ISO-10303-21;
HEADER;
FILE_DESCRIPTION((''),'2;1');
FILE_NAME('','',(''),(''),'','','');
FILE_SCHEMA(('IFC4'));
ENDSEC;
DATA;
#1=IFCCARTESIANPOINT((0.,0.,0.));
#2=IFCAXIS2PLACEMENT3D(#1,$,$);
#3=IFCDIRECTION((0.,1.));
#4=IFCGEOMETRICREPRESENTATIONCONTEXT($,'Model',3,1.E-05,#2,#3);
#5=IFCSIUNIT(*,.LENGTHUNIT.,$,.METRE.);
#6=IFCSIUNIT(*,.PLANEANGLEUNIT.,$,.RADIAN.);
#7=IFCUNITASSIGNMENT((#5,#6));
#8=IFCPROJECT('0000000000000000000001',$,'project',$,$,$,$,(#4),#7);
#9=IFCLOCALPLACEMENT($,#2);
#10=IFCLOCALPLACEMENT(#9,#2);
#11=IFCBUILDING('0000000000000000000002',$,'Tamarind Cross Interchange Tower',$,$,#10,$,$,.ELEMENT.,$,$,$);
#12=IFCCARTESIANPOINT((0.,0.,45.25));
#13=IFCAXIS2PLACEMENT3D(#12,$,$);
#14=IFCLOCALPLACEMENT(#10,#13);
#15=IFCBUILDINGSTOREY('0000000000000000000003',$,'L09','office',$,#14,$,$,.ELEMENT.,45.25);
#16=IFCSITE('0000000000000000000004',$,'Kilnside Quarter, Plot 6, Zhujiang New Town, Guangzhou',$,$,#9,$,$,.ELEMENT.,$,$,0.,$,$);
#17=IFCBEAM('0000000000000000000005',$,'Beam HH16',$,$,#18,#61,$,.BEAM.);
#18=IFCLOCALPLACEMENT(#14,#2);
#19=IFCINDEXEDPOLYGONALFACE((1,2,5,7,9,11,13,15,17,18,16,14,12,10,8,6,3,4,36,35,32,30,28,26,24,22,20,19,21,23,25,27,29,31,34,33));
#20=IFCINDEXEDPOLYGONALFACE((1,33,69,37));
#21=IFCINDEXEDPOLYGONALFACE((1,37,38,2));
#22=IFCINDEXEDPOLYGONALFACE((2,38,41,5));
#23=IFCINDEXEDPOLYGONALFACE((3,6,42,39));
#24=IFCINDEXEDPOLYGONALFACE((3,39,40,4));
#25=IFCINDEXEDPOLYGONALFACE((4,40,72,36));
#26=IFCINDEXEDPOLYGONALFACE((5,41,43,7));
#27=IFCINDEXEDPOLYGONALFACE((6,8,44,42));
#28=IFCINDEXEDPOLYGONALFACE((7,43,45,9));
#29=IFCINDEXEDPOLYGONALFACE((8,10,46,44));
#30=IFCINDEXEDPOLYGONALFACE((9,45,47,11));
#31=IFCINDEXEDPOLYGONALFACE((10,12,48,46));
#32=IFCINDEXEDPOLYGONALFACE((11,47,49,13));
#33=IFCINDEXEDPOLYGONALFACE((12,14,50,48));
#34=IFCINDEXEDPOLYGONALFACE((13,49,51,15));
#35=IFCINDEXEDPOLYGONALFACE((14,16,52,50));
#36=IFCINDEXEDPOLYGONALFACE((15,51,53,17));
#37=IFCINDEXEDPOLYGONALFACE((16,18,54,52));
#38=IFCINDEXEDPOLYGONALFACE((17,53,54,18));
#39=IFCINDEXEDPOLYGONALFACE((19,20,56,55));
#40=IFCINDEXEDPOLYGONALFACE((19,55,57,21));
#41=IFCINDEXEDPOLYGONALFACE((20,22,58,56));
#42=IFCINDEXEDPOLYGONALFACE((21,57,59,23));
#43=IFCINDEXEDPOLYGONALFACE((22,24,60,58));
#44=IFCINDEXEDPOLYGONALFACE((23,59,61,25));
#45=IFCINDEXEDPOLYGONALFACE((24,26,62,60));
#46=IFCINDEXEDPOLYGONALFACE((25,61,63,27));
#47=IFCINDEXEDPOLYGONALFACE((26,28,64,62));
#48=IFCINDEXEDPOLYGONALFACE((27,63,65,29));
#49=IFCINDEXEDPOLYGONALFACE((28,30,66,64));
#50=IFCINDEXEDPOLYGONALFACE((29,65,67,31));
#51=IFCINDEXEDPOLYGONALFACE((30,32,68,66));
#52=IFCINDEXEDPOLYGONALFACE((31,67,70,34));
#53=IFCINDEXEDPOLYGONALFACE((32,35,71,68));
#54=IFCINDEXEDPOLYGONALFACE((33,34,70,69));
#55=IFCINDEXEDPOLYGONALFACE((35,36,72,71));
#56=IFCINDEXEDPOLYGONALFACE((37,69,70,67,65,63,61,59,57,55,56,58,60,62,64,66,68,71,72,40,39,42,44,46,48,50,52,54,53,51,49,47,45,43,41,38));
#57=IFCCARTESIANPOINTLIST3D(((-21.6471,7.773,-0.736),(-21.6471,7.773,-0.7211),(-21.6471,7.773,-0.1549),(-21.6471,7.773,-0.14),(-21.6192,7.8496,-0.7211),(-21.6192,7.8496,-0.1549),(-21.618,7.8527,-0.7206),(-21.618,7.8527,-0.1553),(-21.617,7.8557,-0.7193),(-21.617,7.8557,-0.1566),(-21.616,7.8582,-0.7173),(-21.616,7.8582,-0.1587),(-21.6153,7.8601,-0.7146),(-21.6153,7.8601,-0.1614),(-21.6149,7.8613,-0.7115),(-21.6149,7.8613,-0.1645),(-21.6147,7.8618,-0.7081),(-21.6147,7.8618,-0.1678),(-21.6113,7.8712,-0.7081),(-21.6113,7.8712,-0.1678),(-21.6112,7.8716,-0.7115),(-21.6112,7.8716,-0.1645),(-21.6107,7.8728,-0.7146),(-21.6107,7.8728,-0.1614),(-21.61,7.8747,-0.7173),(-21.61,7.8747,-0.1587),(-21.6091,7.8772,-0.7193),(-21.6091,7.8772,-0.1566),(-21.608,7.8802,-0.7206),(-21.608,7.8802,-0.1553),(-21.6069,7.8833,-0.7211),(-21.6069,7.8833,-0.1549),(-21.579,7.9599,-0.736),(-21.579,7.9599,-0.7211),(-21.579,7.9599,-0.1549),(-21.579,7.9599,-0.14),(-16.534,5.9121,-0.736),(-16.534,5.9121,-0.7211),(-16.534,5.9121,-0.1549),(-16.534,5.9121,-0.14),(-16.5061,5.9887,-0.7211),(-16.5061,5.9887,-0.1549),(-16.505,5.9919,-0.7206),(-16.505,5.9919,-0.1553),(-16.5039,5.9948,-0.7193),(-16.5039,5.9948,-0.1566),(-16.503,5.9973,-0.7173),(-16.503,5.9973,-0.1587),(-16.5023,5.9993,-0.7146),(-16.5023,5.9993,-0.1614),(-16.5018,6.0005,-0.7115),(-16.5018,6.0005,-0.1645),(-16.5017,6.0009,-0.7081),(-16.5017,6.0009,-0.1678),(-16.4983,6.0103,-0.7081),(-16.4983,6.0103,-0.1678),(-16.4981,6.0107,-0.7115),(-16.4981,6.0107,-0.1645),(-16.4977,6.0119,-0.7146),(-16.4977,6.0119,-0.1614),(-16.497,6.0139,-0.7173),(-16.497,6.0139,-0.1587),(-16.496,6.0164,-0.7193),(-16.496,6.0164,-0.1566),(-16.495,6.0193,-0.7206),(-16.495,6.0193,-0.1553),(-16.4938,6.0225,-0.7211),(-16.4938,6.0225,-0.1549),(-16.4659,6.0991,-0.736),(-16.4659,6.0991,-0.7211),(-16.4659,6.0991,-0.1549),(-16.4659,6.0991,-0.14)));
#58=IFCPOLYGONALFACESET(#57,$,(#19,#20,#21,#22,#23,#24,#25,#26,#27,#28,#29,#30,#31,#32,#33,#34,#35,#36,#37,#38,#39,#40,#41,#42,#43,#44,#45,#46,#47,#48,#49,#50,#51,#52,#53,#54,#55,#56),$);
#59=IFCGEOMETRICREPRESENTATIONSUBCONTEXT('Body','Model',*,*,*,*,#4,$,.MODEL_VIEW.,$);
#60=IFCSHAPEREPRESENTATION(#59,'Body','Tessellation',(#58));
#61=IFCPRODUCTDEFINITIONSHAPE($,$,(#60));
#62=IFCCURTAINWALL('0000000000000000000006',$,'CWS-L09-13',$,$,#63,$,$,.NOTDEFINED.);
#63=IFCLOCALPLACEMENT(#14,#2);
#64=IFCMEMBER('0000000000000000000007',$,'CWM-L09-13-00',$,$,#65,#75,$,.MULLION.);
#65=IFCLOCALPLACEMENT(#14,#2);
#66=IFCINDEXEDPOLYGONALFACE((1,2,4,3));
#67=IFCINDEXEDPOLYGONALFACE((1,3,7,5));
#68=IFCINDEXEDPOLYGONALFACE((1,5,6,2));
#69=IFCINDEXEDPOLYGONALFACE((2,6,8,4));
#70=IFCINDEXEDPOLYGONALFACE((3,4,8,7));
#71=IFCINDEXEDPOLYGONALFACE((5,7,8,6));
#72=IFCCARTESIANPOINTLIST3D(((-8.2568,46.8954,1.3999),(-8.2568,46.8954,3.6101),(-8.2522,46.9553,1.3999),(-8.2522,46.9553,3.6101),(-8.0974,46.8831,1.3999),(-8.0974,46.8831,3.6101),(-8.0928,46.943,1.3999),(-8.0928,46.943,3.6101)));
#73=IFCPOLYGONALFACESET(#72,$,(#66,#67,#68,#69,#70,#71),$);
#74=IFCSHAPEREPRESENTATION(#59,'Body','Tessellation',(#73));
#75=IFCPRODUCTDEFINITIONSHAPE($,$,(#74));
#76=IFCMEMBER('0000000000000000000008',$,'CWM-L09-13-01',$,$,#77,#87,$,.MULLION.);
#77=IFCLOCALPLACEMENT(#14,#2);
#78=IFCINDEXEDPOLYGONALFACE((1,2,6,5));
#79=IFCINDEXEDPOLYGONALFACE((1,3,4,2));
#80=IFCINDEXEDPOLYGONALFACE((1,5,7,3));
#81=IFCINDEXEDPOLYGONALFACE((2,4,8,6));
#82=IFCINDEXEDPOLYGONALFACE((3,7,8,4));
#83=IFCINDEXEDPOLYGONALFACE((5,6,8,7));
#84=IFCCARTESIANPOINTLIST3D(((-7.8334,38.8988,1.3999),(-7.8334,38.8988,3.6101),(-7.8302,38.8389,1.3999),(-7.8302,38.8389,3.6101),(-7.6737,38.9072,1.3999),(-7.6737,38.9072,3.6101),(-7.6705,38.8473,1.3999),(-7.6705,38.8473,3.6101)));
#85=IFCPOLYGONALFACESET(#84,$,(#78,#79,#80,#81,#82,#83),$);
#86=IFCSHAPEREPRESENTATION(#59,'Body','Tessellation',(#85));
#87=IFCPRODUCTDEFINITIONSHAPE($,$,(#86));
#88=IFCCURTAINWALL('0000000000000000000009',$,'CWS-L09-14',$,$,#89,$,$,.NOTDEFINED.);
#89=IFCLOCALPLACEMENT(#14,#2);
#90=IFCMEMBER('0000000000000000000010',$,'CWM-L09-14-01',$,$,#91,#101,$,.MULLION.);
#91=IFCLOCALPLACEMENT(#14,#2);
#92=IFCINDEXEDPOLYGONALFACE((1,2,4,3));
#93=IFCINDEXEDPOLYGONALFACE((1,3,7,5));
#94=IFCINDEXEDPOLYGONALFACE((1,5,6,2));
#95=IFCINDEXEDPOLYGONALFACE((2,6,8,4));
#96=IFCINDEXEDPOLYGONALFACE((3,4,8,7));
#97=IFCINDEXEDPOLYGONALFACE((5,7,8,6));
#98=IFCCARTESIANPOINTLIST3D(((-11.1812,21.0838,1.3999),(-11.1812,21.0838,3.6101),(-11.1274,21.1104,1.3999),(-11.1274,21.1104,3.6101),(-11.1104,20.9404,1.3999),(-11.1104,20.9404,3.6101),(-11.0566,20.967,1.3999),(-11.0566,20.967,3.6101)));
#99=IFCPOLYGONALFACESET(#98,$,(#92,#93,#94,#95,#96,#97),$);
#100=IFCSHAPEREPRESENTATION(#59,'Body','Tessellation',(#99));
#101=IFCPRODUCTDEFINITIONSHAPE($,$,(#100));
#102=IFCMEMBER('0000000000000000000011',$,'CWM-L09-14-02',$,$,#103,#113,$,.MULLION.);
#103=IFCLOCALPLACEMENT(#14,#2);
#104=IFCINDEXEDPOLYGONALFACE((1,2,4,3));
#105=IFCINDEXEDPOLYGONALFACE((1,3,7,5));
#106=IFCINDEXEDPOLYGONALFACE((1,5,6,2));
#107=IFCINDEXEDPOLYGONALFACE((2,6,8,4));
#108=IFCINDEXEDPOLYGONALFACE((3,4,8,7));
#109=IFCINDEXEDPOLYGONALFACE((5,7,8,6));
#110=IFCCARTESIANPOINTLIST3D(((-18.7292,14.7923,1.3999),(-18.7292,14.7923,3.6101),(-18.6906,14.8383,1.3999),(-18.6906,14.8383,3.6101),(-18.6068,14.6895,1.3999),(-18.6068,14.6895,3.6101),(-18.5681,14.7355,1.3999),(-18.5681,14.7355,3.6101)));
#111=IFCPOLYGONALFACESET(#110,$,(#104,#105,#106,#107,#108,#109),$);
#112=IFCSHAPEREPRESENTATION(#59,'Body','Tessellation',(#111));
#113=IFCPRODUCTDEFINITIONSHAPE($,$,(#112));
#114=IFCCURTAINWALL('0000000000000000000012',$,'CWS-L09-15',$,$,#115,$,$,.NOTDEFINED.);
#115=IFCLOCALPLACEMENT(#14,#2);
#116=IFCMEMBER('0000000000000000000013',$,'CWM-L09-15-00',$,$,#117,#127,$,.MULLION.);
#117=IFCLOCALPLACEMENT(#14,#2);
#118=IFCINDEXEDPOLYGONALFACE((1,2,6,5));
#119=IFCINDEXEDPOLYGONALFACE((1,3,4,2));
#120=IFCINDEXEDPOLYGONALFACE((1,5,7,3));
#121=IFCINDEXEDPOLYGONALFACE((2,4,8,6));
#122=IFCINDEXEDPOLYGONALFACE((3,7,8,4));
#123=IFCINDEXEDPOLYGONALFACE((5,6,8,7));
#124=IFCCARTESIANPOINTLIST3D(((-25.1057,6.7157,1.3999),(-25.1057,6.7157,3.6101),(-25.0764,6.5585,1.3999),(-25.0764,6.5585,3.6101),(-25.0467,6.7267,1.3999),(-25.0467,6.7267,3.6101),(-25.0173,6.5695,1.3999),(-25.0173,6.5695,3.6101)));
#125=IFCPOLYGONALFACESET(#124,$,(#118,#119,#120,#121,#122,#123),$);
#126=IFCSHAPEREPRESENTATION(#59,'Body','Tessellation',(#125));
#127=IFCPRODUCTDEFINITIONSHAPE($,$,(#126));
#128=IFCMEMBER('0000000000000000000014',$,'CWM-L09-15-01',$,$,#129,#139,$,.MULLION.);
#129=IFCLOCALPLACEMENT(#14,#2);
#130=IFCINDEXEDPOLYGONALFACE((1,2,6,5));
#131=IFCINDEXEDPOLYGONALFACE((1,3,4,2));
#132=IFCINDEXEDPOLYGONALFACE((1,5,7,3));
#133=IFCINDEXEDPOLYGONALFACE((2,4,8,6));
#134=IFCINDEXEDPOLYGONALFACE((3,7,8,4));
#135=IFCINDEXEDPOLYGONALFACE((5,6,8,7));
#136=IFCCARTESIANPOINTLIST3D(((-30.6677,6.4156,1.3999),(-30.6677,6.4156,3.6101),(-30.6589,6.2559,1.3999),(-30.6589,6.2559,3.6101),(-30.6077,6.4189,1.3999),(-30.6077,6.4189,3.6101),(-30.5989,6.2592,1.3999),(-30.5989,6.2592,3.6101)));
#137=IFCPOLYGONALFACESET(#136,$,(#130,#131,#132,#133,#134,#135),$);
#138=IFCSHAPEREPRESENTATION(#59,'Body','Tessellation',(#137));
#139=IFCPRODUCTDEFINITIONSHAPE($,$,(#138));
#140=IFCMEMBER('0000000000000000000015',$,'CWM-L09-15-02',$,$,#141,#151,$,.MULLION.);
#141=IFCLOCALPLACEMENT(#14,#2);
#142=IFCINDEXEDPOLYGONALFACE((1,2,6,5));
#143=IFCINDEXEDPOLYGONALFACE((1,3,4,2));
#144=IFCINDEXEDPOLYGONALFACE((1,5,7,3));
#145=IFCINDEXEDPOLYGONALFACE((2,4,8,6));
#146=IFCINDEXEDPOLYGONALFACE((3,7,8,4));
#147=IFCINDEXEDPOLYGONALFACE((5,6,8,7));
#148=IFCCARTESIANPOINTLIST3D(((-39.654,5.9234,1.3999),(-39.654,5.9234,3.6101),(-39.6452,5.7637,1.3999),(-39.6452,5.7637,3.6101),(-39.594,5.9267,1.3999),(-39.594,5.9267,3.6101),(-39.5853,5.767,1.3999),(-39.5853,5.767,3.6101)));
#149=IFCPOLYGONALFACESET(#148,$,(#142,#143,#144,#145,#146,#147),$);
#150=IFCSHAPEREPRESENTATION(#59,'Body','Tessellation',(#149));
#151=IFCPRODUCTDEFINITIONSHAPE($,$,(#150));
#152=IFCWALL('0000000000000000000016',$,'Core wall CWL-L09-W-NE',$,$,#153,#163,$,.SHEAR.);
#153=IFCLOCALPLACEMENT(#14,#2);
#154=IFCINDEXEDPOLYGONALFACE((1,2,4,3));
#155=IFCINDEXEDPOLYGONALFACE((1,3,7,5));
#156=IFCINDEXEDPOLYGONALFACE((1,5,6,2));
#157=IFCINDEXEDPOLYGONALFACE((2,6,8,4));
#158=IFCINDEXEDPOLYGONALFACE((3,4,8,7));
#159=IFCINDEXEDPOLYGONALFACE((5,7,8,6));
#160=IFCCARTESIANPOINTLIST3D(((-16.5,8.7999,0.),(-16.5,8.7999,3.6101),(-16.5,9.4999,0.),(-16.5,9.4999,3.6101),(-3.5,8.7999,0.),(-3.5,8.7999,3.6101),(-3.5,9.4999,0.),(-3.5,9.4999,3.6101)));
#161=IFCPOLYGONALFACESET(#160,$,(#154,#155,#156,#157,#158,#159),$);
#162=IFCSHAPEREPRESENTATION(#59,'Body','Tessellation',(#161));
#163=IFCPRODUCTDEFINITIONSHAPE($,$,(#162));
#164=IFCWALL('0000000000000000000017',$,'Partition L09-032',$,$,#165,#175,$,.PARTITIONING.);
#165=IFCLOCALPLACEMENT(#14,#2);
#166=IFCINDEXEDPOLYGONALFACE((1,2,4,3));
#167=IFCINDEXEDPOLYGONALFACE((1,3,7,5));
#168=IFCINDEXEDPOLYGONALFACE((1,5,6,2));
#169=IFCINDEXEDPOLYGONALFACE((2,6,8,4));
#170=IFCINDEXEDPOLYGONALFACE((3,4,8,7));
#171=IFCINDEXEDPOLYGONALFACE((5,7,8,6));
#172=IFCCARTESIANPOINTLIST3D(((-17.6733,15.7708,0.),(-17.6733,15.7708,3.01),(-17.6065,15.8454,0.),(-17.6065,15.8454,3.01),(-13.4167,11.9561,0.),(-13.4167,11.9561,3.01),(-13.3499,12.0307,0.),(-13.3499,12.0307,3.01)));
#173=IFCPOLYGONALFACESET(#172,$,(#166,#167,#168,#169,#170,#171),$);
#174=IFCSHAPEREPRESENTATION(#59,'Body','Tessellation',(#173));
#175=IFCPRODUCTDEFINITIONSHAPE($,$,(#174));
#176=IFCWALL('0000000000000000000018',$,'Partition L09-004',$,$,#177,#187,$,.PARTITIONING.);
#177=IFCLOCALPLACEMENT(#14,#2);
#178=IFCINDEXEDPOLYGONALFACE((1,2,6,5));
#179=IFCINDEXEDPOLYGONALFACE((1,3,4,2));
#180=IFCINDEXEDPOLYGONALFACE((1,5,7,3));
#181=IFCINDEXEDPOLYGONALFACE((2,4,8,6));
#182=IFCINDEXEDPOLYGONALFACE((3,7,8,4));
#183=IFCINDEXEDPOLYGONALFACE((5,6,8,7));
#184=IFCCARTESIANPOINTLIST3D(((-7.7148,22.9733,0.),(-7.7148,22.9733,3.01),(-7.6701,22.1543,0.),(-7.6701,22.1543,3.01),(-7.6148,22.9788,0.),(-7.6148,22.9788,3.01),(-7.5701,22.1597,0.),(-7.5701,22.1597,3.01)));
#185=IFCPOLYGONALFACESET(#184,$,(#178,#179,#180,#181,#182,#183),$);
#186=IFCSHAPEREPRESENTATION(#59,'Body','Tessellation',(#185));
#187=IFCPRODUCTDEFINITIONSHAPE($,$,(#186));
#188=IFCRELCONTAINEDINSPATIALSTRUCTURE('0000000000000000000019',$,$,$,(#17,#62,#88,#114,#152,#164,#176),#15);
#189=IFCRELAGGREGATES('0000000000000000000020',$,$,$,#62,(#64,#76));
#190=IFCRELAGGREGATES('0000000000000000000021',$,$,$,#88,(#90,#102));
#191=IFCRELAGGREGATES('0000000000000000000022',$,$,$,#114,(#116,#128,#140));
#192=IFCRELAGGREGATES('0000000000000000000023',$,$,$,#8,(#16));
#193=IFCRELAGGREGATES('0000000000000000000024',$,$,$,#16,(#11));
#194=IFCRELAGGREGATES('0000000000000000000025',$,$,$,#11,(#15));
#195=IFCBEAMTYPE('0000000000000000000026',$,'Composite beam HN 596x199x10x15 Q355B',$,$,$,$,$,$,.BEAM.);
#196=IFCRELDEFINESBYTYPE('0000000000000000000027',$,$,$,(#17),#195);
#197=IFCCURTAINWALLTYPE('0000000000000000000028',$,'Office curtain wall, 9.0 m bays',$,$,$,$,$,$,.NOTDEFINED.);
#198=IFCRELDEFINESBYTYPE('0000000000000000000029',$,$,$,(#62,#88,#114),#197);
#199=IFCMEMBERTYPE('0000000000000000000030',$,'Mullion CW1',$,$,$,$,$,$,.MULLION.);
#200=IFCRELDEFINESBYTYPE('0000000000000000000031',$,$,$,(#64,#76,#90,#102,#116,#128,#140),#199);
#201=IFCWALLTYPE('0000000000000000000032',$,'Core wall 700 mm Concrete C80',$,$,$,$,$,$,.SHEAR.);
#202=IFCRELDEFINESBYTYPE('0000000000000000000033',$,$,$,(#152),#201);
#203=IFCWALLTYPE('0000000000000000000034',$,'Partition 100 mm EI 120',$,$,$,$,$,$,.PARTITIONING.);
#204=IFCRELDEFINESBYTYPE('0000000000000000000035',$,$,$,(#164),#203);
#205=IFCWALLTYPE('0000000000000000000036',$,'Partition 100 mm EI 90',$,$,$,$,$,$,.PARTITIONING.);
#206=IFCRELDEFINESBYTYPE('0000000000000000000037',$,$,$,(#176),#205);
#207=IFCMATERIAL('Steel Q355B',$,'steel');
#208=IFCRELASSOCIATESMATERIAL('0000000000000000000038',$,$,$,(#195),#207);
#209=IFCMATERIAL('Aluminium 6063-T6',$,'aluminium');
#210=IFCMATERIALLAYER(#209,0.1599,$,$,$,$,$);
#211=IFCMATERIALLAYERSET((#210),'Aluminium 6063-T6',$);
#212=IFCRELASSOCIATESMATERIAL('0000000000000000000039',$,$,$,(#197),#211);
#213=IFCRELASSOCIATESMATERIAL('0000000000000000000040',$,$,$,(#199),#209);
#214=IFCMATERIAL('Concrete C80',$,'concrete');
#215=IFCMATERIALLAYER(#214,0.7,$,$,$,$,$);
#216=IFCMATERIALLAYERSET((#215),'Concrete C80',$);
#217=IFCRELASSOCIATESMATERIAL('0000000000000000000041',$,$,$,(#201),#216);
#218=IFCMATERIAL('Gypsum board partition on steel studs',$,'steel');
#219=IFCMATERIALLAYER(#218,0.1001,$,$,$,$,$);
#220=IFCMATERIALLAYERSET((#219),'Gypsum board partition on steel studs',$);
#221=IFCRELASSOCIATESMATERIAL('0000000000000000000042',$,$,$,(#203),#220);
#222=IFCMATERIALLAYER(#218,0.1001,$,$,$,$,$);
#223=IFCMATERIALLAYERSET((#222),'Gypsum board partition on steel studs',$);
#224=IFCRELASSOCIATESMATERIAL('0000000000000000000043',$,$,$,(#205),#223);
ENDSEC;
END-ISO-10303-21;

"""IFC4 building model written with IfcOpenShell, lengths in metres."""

from ifc_helpers import new_model, si_unit, direction, frame, frame_2d, origin, origin_2d, place, context, subcontext, project, spatial, rectangle, i_section, extrude, material, layer, layer_set, material_profile, profile_set, type_object, element, aggregate, save


model = new_model("IFC4")

# Units and contexts
model_context = context("Model", 3, precision=1e-05, world=origin(), true_north=direction((0.0, 1.0)))
body_context = subcontext(model_context, "Body", "Model", "MODEL_VIEW")
ifc_project = project(units=[si_unit("LENGTHUNIT", "METRE"), si_unit("PLANEANGLEUNIT", "RADIAN")], contexts=[model_context])

# Site, building, storey
site_placement = place(None, origin())
site = spatial("IfcSite", under=ifc_project, at=site_placement, Name="Kilnside Quarter, Plot 6, Zhujiang New Town, Guangzhou", CompositionType="ELEMENT", RefElevation=0.0)
building_placement = place(site_placement, origin())
building = spatial("IfcBuilding", under=site, at=building_placement, Name="Tamarind Cross Interchange Tower", CompositionType="ELEMENT")
storey_placement = place(building_placement, frame((0.0, 0.0, 45.25)))
storey = spatial("IfcBuildingStorey", under=building, at=storey_placement, Name="L09", Description="office", CompositionType="ELEMENT", Elevation=45.25)

# Beam
ifc_material_1 = material(Name="Steel Q355B", Category="steel")
ifc_material_profile_1 = material_profile(ifc_material_1, i_section(OverallWidth=0.199, OverallDepth=0.5959, WebThickness=0.01, FlangeThickness=0.0149, FilletRadius=0.0129, at=origin_2d()), Name="HN 596x199x10x15")
ifc_profile_set_1 = profile_set([ifc_material_profile_1], Name="Steel Q355B")
beam_type_1 = type_object("IfcBeamType", Name="Composite beam HN 596x199x10x15 Q355B", PredefinedType="BEAM", material=ifc_profile_set_1)
beam_1_placement = place(storey_placement, frame((-21.613, 7.8665, -0.438), z_axis=(0.939702, -0.341995, 0.0), x_axis=(0.341995, 0.939702, 0.0)))
element("IfcBeam", 1, at=beam_1_placement, inside=storey, type_object=beam_type_1, Name="Beam HH16", PredefinedType="BEAM", context=body_context, shape_type="SweptSolid", body=[
    extrude(i_section(OverallWidth=0.199, OverallDepth=0.5959, WebThickness=0.01, FlangeThickness=0.0149, FilletRadius=0.0129, at=origin_2d()), origin(), (0.0, 0.0, 1.0), 5.4412),
])

# Curtain walls, members
ifc_material_2 = material(Name="Aluminium 6063-T6", Category="aluminium")
ifc_layer_1 = layer(ifc_material_2, 0.1599)
ifc_layer_set_1 = layer_set([ifc_layer_1], Name="Aluminium 6063-T6")
curtain_wall_type = type_object("IfcCurtainWallType", Name="Office curtain wall, 9.0 m bays", PredefinedType="NOTDEFINED", material=ifc_layer_set_1)
curtain_wall_1_placement = place(storey_placement, origin())
curtain_wall_1 = element("IfcCurtainWall", 2, at=curtain_wall_1_placement, inside=storey, type_object=curtain_wall_type, Name="CWS-L09-13", PredefinedType="NOTDEFINED")
ifc_material_profile_2 = material_profile(ifc_material_2, rectangle(XDim=0.0601, YDim=0.1599, at=origin_2d()), Name="Mullion CW1")
ifc_profile_set_2 = profile_set([ifc_material_profile_2], Name="Aluminium 6063-T6")
member_type = type_object("IfcMemberType", Name="Mullion CW1", PredefinedType="MULLION", material=ifc_profile_set_2)
member_1_placement = place(storey_placement, frame((-8.1748, 46.9192, 1.3999), z_axis=(0.0, 0.0, 1.0), x_axis=(-0.077219, -0.997014, 0.0)))
member_1 = element("IfcMember", 3, at=member_1_placement, type_object=member_type, Name="CWM-L09-13-00", PredefinedType="MULLION", context=body_context, shape_type="SweptSolid", body=[
    extrude(rectangle(XDim=0.0601, YDim=0.1599, at=origin_2d()), origin(), (0.0, 0.0, 1.0), 2.2102),
])
member_2_placement = place(storey_placement, frame((-7.752, 38.873, 1.3999), z_axis=(0.0, 0.0, 1.0), x_axis=(0.052478, -0.998622, 0.0)))
member_2 = element("IfcMember", 4, at=member_2_placement, type_object=member_type, Name="CWM-L09-13-01", PredefinedType="MULLION", context=body_context, shape_type="SweptSolid", body=[
    extrude(rectangle(XDim=0.0601, YDim=0.1599, at=origin_2d()), origin(), (0.0, 0.0, 1.0), 2.2102),
])
aggregate(curtain_wall_1, [member_1, member_2])
curtain_wall_2_placement = place(storey_placement, origin())
curtain_wall_2 = element("IfcCurtainWall", 5, at=curtain_wall_2_placement, inside=storey, type_object=curtain_wall_type, Name="CWS-L09-14", PredefinedType="NOTDEFINED")
member_3_placement = place(storey_placement, frame((-11.1189, 21.0254, 1.3999), z_axis=(0.0, 0.0, 1.0), x_axis=(-0.896493, -0.443059, 0.0)))
member_3 = element("IfcMember", 6, at=member_3_placement, type_object=member_type, Name="CWM-L09-14-01", PredefinedType="MULLION", context=body_context, shape_type="SweptSolid", body=[
    extrude(rectangle(XDim=0.0601, YDim=0.1599, at=origin_2d()), origin(), (0.0, 0.0, 1.0), 2.2102),
])
member_4_placement = place(storey_placement, frame((-18.6487, 14.7639, 1.3999), z_axis=(0.0, 0.0, 1.0), x_axis=(-0.643009, -0.765858, 0.0)))
member_4 = element("IfcMember", 7, at=member_4_placement, type_object=member_type, Name="CWM-L09-14-02", PredefinedType="MULLION", context=body_context, shape_type="SweptSolid", body=[
    extrude(rectangle(XDim=0.0601, YDim=0.1599, at=origin_2d()), origin(), (0.0, 0.0, 1.0), 2.2102),
])
aggregate(curtain_wall_2, [member_3, member_4])
curtain_wall_3_placement = place(storey_placement, origin())
curtain_wall_3 = element("IfcCurtainWall", 8, at=curtain_wall_3_placement, inside=storey, type_object=curtain_wall_type, Name="CWS-L09-15", PredefinedType="NOTDEFINED")
member_5_placement = place(storey_placement, frame((-25.0615, 6.6426, 1.3999), z_axis=(0.0, 0.0, 1.0), x_axis=(-0.983007, -0.183566, 0.0)))
member_5 = element("IfcMember", 9, at=member_5_placement, type_object=member_type, Name="CWM-L09-15-00", PredefinedType="MULLION", context=body_context, shape_type="SweptSolid", body=[
    extrude(rectangle(XDim=0.0601, YDim=0.1599, at=origin_2d()), origin(), (0.0, 0.0, 1.0), 2.2102),
])
member_6_placement = place(storey_placement, frame((-30.6333, 6.3374, 1.3999), z_axis=(0.0, 0.0, 1.0), x_axis=(-0.998504, -0.054678, 0.0)))
member_6 = element("IfcMember", 10, at=member_6_placement, type_object=member_type, Name="CWM-L09-15-01", PredefinedType="MULLION", context=body_context, shape_type="SweptSolid", body=[
    extrude(rectangle(XDim=0.0601, YDim=0.1599, at=origin_2d()), origin(), (0.0, 0.0, 1.0), 2.2102),
])
member_7_placement = place(storey_placement, frame((-39.6196, 5.8452, 1.3999), z_axis=(0.0, 0.0, 1.0), x_axis=(-0.998504, -0.054678, 0.0)))
member_7 = element("IfcMember", 11, at=member_7_placement, type_object=member_type, Name="CWM-L09-15-02", PredefinedType="MULLION", context=body_context, shape_type="SweptSolid", body=[
    extrude(rectangle(XDim=0.0601, YDim=0.1599, at=origin_2d()), origin(), (0.0, 0.0, 1.0), 2.2102),
])
aggregate(curtain_wall_3, [member_5, member_6, member_7])

# Walls
ifc_material_3 = material(Name="Concrete C80", Category="concrete")
ifc_layer_2 = layer(ifc_material_3, 0.7)
ifc_layer_set_2 = layer_set([ifc_layer_2], Name="Concrete C80")
wall_type_1 = type_object("IfcWallType", Name="Core wall 700 mm Concrete C80", PredefinedType="SHEAR", material=ifc_layer_set_2)
wall_1_placement = place(storey_placement, frame((-16.5, 9.1499, 0.0), z_axis=(0.0, 0.0, 1.0), x_axis=(1.0, 0.0, 0.0)))
element("IfcWall", 12, at=wall_1_placement, inside=storey, type_object=wall_type_1, Name="Core wall CWL-L09-W-NE", PredefinedType="SHEAR", context=body_context, shape_type="SweptSolid", body=[
    extrude(rectangle(XDim=13.0, YDim=0.7, at=frame_2d((6.5, 0.0))), origin(), (0.0, 0.0, 1.0), 3.6101),
])
ifc_material_4 = material(Name="Gypsum board partition on steel studs", Category="steel")
ifc_layer_3 = layer(ifc_material_4, 0.1001)
ifc_layer_set_3 = layer_set([ifc_layer_3], Name="Gypsum board partition on steel studs")
wall_type_2 = type_object("IfcWallType", Name="Partition 100 mm EI 120", PredefinedType="PARTITIONING", material=ifc_layer_set_3)
wall_2_placement = place(storey_placement, frame((-17.6399, 15.8081, 0.0), z_axis=(0.0, 0.0, 1.0), x_axis=(0.744705, -0.667394, 0.0)))
element("IfcWall", 13, at=wall_2_placement, inside=storey, type_object=wall_type_2, Name="Partition L09-032", PredefinedType="PARTITIONING", context=body_context, shape_type="SweptSolid", body=[
    extrude(rectangle(XDim=5.7158, YDim=0.1001, at=frame_2d((2.8579, 0.0))), origin(), (0.0, 0.0, 1.0), 3.01),
])
ifc_layer_4 = layer(ifc_material_4, 0.1001)
ifc_layer_set_4 = layer_set([ifc_layer_4], Name="Gypsum board partition on steel studs")
wall_type_3 = type_object("IfcWallType", Name="Partition 100 mm EI 90", PredefinedType="PARTITIONING", material=ifc_layer_set_4)
wall_3_placement = place(storey_placement, frame((-7.6648, 22.9761, 0.0), z_axis=(0.0, 0.0, 1.0), x_axis=(0.054464, -0.998516, 0.0)))
element("IfcWall", 14, at=wall_3_placement, inside=storey, type_object=wall_type_3, Name="Partition L09-004", PredefinedType="PARTITIONING", context=body_context, shape_type="SweptSolid", body=[
    extrude(rectangle(XDim=0.8203, YDim=0.1001, at=frame_2d((0.4102, 0.0))), origin(), (0.0, 0.0, 1.0), 3.01),
])

save(model, "model.ifc")
